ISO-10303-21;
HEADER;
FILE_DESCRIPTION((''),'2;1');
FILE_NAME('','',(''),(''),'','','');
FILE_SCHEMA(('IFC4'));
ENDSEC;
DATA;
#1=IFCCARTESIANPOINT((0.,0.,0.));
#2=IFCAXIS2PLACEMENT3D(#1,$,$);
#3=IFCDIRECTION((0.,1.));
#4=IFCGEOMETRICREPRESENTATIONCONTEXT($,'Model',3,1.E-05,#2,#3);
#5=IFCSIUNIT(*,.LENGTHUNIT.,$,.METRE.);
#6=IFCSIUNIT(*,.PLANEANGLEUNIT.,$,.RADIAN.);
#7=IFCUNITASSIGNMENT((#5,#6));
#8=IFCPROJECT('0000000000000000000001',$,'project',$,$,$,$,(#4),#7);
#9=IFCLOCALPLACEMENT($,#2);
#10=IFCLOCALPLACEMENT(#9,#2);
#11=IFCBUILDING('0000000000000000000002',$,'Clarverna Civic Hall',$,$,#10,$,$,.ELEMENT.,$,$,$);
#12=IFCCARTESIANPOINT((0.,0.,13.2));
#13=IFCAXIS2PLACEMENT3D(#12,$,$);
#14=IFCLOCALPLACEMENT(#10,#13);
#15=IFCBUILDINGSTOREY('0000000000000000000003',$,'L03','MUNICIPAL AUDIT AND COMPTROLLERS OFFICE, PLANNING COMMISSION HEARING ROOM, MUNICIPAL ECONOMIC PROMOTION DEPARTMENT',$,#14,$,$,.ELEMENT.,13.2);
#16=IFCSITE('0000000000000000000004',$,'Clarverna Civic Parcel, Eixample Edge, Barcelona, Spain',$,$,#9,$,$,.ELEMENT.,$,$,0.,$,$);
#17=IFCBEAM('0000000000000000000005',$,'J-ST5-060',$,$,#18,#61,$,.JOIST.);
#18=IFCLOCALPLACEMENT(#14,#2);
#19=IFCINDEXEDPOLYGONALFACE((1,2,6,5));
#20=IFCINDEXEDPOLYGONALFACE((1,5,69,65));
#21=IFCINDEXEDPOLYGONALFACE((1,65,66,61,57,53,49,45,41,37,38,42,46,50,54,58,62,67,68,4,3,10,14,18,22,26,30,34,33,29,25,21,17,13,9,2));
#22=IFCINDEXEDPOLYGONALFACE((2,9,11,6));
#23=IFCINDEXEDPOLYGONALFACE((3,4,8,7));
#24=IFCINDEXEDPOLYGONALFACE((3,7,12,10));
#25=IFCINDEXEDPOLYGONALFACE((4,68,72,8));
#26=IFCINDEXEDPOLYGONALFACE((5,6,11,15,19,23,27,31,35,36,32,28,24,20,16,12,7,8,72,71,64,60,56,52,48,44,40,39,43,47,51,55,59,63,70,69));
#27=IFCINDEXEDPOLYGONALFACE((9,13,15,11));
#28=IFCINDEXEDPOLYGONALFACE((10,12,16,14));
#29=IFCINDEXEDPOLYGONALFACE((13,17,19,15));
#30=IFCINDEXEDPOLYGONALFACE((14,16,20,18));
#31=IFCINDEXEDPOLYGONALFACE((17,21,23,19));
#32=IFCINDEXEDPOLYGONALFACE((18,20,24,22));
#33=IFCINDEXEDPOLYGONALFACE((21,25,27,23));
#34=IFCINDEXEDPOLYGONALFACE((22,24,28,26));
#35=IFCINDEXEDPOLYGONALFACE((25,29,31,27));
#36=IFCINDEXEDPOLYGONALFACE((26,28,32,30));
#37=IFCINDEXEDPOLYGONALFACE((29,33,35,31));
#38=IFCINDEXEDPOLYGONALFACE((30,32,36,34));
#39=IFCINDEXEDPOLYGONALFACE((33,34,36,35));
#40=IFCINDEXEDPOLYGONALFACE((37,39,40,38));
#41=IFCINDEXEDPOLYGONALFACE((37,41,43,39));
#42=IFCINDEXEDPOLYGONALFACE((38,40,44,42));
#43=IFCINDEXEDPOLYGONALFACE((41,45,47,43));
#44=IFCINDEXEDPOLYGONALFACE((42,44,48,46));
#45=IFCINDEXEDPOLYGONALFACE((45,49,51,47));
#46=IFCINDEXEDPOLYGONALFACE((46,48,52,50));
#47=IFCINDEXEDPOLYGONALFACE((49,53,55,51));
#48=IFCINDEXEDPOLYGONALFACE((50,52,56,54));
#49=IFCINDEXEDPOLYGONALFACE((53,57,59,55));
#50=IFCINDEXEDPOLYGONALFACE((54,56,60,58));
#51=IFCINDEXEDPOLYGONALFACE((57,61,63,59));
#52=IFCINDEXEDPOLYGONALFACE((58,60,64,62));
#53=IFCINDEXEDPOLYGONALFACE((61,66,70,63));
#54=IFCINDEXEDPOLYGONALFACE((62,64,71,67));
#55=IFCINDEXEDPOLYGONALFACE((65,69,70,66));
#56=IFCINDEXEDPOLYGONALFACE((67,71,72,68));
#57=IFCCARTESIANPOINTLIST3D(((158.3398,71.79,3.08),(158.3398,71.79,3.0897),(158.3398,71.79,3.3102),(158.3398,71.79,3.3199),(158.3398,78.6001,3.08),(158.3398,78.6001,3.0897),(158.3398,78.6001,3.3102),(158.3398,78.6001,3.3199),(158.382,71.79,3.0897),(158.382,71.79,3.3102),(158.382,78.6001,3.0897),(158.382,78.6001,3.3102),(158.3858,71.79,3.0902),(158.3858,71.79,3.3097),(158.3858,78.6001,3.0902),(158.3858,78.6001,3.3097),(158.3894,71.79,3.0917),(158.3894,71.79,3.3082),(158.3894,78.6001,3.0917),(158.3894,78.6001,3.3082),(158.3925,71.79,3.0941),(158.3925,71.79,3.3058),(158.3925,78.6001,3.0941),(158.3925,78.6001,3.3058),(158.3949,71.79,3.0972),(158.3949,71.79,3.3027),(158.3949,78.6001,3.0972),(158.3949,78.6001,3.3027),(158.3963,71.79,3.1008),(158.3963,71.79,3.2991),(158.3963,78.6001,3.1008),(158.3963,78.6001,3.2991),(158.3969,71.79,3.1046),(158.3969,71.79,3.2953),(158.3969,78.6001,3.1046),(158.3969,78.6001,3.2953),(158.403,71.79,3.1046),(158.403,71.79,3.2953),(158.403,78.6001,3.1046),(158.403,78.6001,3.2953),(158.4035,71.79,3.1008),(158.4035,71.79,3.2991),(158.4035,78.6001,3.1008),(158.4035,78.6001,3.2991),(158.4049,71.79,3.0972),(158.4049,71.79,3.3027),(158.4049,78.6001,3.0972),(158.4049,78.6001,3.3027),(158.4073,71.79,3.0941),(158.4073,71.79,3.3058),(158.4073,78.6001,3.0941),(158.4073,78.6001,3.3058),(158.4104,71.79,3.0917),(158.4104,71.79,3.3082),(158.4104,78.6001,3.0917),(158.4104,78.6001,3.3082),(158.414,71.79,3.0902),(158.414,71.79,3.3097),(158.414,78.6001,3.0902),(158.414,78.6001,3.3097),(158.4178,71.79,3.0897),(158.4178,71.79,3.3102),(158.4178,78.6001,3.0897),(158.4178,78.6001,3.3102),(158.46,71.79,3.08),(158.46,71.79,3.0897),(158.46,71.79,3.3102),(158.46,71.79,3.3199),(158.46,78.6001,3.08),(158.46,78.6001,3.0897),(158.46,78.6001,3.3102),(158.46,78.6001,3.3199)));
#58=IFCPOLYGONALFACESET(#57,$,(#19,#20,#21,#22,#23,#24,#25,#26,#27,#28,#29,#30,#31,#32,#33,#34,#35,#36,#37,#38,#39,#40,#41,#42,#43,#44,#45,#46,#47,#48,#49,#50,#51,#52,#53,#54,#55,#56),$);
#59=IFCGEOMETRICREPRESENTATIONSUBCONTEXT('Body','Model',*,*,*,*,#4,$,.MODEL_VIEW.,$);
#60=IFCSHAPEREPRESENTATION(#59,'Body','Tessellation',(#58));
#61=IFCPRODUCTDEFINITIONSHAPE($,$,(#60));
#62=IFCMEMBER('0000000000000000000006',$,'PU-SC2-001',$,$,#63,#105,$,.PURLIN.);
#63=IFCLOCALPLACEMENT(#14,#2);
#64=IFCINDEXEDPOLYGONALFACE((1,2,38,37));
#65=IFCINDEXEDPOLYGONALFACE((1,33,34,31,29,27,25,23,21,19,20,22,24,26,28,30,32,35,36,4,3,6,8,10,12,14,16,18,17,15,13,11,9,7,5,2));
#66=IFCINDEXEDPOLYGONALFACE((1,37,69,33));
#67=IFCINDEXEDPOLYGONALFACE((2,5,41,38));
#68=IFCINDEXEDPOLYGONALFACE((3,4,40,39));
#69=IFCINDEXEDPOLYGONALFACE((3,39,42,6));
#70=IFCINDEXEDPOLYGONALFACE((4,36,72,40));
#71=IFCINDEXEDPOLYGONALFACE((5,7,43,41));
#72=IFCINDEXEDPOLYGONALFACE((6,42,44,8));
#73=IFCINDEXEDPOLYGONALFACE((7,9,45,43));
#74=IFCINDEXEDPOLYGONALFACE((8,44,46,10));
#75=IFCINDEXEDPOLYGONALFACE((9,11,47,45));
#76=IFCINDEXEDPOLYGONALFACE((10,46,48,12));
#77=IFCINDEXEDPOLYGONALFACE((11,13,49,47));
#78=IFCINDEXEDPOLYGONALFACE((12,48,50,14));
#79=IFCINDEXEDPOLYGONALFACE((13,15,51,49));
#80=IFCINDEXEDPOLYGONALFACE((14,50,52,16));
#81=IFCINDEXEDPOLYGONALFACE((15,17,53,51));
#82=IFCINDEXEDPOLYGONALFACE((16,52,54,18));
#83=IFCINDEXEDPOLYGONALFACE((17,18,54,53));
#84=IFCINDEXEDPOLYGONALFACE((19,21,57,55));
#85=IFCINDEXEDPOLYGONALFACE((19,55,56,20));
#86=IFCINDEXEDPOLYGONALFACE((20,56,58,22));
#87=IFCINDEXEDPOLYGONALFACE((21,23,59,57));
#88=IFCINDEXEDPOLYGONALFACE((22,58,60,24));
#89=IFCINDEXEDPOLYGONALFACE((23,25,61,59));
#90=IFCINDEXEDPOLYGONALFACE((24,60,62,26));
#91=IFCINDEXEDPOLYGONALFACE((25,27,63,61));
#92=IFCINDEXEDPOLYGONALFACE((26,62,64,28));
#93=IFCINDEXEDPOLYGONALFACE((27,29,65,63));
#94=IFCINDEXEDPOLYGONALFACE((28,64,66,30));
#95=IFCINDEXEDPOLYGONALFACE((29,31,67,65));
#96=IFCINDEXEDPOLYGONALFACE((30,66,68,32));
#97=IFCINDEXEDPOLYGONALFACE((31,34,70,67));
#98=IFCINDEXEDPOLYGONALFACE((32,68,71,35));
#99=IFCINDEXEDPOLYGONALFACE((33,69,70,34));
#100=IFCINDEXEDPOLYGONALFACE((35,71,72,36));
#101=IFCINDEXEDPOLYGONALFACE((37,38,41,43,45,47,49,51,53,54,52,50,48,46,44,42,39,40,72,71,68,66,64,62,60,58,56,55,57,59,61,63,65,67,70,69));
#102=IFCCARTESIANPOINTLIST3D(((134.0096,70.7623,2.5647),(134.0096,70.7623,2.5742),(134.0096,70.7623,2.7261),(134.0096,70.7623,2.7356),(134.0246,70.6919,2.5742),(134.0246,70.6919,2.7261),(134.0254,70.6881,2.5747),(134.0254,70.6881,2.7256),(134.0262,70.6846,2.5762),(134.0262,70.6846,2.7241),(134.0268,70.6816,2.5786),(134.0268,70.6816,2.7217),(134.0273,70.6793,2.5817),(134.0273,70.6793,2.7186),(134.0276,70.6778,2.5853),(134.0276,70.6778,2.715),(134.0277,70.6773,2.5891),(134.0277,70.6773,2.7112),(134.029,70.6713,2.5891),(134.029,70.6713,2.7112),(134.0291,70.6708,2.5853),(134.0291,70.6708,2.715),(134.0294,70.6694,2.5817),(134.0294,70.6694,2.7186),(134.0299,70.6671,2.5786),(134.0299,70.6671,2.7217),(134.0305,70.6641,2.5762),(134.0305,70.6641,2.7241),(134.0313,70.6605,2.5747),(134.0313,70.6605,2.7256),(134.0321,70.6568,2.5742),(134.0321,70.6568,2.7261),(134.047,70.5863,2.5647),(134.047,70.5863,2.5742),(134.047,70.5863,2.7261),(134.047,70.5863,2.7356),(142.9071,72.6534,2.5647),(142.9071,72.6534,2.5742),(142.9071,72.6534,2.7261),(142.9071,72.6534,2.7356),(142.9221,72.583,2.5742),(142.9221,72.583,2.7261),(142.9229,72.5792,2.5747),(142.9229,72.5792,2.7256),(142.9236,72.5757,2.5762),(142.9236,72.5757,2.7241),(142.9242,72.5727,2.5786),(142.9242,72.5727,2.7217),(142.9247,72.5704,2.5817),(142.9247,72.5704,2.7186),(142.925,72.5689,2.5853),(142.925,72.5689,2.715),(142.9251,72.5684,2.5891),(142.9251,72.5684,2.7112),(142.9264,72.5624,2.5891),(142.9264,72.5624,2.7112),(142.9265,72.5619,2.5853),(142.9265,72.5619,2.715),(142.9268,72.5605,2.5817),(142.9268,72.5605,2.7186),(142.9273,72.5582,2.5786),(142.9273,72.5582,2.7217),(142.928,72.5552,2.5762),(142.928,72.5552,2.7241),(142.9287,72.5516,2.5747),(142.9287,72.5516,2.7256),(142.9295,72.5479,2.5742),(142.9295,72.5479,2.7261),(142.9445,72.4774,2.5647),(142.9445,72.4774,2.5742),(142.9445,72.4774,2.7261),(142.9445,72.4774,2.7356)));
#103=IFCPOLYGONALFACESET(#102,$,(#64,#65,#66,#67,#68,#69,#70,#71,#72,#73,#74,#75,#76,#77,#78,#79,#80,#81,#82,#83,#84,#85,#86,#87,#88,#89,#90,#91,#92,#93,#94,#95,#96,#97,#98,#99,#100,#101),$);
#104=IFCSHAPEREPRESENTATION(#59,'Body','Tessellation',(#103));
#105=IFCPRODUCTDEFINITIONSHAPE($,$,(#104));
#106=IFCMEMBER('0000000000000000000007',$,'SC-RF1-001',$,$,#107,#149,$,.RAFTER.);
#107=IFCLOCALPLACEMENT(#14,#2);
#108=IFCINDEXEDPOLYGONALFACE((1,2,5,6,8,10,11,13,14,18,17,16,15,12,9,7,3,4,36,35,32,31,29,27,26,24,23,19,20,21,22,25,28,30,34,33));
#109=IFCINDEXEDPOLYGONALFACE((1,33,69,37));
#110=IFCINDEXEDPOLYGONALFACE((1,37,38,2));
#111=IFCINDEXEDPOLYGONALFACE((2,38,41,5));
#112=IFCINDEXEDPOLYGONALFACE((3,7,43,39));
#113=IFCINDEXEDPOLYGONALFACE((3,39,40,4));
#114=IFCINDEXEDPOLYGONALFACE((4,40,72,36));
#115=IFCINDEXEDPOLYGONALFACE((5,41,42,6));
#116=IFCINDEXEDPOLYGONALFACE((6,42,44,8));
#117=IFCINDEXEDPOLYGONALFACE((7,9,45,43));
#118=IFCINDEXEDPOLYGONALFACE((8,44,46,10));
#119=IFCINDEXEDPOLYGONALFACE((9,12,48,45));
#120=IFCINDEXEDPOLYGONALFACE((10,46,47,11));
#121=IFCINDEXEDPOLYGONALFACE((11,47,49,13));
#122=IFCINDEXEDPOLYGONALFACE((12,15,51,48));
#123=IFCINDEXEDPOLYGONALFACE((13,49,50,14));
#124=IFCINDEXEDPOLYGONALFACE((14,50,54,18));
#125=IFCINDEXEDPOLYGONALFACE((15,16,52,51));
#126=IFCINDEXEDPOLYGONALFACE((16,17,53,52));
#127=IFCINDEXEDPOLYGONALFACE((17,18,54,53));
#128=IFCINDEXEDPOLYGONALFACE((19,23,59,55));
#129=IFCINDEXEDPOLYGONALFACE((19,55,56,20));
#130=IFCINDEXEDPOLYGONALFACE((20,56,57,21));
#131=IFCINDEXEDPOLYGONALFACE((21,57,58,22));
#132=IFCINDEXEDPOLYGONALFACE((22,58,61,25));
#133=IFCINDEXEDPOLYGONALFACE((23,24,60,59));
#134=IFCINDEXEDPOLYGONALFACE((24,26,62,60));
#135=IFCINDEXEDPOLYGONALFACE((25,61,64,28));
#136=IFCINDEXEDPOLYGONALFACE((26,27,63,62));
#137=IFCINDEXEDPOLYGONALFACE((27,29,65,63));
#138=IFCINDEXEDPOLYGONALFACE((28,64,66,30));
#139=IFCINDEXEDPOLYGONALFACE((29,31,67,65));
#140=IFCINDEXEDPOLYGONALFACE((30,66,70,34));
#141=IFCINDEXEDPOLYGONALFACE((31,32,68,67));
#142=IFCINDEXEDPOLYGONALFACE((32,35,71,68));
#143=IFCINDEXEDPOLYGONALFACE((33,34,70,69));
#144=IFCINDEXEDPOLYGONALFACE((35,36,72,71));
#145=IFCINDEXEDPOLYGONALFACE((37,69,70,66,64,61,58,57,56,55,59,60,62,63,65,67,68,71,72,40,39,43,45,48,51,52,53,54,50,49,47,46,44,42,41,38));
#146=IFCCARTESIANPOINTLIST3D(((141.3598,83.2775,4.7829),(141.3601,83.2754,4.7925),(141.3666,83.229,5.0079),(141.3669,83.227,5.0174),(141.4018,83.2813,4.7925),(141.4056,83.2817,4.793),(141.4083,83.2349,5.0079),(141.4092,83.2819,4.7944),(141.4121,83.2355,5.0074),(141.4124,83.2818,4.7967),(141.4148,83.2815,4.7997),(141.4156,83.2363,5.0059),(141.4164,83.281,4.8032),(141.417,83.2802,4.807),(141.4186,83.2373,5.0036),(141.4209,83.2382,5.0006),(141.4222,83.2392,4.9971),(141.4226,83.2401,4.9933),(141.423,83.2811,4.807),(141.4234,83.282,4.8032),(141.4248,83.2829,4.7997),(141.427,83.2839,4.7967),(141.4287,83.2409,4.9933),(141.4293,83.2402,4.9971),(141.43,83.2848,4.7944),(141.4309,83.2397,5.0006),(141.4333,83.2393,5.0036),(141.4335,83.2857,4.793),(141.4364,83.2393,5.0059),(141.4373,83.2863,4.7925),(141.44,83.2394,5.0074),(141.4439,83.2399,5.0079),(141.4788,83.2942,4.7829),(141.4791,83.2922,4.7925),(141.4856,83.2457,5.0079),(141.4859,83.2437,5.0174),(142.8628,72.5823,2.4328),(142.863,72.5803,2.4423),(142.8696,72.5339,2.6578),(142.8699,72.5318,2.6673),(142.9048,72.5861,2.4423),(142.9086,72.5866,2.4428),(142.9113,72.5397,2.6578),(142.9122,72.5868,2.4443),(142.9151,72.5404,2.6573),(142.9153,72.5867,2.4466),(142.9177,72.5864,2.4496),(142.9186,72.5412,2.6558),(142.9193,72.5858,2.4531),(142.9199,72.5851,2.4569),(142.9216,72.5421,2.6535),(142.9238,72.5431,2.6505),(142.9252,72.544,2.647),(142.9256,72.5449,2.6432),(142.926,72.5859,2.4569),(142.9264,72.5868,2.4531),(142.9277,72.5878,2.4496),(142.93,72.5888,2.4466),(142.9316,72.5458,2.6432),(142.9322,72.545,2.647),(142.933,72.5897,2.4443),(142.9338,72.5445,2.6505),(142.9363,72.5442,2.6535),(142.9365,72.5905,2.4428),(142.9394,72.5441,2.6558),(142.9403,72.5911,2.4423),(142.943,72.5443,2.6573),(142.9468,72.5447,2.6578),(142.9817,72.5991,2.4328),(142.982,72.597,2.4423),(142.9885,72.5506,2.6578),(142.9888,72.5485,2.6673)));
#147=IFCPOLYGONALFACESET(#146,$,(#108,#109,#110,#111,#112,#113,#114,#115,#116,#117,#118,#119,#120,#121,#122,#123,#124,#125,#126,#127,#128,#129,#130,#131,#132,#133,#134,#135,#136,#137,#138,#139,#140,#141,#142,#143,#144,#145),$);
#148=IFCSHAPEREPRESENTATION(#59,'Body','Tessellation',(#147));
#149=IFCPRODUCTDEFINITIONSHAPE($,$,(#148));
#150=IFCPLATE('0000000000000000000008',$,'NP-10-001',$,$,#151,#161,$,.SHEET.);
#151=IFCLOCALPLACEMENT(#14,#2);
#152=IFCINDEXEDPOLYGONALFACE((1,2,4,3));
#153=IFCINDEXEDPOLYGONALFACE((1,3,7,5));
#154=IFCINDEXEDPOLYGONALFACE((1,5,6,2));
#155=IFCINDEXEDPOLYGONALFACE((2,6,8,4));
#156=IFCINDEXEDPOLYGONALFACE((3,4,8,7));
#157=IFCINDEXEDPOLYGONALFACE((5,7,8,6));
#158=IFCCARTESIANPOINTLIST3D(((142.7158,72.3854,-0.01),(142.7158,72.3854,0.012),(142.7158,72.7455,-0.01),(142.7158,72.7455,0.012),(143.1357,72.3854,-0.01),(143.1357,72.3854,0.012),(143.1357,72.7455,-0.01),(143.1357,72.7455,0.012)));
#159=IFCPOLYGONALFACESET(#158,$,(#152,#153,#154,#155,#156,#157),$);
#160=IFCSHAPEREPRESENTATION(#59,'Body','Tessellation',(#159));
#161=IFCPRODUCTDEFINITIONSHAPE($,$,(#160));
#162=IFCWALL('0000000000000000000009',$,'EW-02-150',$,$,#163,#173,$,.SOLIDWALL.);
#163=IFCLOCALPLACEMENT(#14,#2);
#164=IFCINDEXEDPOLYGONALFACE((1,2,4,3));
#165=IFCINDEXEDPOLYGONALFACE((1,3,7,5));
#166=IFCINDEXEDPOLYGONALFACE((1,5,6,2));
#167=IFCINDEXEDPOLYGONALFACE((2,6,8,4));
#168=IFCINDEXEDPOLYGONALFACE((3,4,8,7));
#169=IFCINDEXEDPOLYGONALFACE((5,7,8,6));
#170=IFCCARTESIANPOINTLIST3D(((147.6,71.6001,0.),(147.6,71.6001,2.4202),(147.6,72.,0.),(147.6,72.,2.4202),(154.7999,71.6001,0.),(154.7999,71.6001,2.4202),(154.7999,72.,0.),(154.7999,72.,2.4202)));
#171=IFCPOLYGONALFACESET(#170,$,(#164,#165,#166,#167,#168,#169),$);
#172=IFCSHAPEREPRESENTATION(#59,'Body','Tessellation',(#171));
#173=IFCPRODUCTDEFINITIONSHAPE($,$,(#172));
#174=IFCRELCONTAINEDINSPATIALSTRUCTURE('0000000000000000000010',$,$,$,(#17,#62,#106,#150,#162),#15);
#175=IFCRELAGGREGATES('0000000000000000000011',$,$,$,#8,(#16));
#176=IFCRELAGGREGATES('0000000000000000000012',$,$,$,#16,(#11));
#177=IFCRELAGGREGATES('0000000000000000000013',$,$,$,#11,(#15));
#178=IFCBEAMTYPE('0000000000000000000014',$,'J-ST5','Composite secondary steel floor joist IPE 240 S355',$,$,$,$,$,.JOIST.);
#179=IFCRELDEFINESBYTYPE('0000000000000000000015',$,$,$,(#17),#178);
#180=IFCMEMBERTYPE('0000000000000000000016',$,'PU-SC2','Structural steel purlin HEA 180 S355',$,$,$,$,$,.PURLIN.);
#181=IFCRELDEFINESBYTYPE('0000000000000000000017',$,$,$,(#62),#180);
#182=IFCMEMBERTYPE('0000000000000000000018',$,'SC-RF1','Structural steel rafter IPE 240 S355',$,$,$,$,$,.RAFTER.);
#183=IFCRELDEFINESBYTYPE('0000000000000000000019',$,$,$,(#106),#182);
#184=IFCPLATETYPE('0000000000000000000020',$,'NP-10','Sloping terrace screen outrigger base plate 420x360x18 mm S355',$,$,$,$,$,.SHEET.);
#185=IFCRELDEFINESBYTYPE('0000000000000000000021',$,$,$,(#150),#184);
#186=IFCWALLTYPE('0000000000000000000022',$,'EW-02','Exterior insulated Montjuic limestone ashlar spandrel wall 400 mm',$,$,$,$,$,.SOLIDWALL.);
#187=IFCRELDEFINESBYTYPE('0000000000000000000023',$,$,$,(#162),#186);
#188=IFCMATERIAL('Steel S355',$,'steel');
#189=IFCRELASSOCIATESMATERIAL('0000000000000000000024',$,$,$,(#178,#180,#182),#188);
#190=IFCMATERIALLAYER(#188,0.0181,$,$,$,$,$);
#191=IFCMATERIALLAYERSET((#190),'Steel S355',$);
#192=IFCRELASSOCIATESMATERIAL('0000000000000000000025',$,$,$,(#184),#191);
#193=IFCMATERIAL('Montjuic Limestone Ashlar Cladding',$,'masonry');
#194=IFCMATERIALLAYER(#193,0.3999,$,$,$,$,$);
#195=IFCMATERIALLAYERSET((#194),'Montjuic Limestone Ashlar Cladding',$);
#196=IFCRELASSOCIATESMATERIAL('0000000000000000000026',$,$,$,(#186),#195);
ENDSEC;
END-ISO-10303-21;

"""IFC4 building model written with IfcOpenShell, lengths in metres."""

from ifc_helpers import new_model, si_unit, direction, frame, frame_2d, origin, origin_2d, place, context, subcontext, project, spatial, rectangle, i_section, extrude, material, layer, layer_set, material_profile, profile_set, type_object, element, save


model = new_model("IFC4")

# Units and contexts
model_context = context("Model", 3, precision=1e-05, world=origin(), true_north=direction((0.0, 1.0)))
body_context = subcontext(model_context, "Body", "Model", "MODEL_VIEW")
ifc_project = project(units=[si_unit("LENGTHUNIT", "METRE"), si_unit("PLANEANGLEUNIT", "RADIAN")], contexts=[model_context])

# Site, building, storey
site_placement = place(None, origin())
site = spatial("IfcSite", under=ifc_project, at=site_placement, Name="Clarverna Civic Parcel, Eixample Edge, Barcelona, Spain", CompositionType="ELEMENT", RefElevation=0.0)
building_placement = place(site_placement, origin())
building = spatial("IfcBuilding", under=site, at=building_placement, Name="Clarverna Civic Hall", CompositionType="ELEMENT")
storey_placement = place(building_placement, frame((0.0, 0.0, 13.2)))
storey = spatial("IfcBuildingStorey", under=building, at=storey_placement, Name="L03", Description="MUNICIPAL AUDIT AND COMPTROLLERS OFFICE, PLANNING COMMISSION HEARING ROOM, MUNICIPAL ECONOMIC PROMOTION DEPARTMENT", CompositionType="ELEMENT", Elevation=13.2)

# Shared definitions
ifc_material_1 = material(Name="Steel S355", Category="steel")

# Beam
ifc_material_profile_1 = material_profile(ifc_material_1, i_section(OverallWidth=0.1201, OverallDepth=0.24, WebThickness=0.0061, FlangeThickness=0.0098, FilletRadius=0.0149, at=origin_2d()), Name="IPE 240")
ifc_profile_set_1 = profile_set([ifc_material_profile_1], Name="Steel S355")
beam_type_1 = type_object("IfcBeamType", Name="J-ST5", Description="Composite secondary steel floor joist IPE 240 S355", PredefinedType="JOIST", material=ifc_profile_set_1)
beam_1_placement = place(storey_placement, frame((158.3999, 71.79, 3.2), z_axis=(0.0, 1.0, 0.0), x_axis=(-1.0, 0.0, 0.0)))
element("IfcBeam", 1, at=beam_1_placement, inside=storey, type_object=beam_type_1, Name="J-ST5-060", PredefinedType="JOIST", context=body_context, shape_type="SweptSolid", body=[
    extrude(i_section(OverallWidth=0.1201, OverallDepth=0.24, WebThickness=0.0061, FlangeThickness=0.0098, FilletRadius=0.0149, at=origin_2d()), origin(), (0.0, 0.0, 1.0), 6.8101),
])

# Members
ifc_material_profile_2 = material_profile(ifc_material_1, i_section(OverallWidth=0.1799, OverallDepth=0.1709, WebThickness=0.0061, FlangeThickness=0.0095, FilletRadius=0.0149, at=origin_2d()), Name="HEA 180")
ifc_profile_set_2 = profile_set([ifc_material_profile_2], Name="Steel S355")
member_type_1 = type_object("IfcMemberType", Name="PU-SC2", Description="Structural steel purlin HEA 180 S355", PredefinedType="PURLIN", material=ifc_profile_set_2)
member_1_placement = place(storey_placement, frame((142.9258, 72.5654, 2.6501), z_axis=(-0.97815, -0.207901, 0.0), x_axis=(0.207901, -0.97815, 0.0)))
element("IfcMember", 2, at=member_1_placement, inside=storey, type_object=member_type_1, Name="PU-SC2-001", PredefinedType="PURLIN", context=body_context, shape_type="SweptSolid", body=[
    extrude(i_section(OverallWidth=0.1799, OverallDepth=0.1709, WebThickness=0.0061, FlangeThickness=0.0095, FilletRadius=0.0149, at=origin_2d()), origin(), (0.0, 0.0, 1.0), 9.0962),
])
ifc_material_profile_3 = material_profile(ifc_material_1, i_section(OverallWidth=0.1201, OverallDepth=0.24, WebThickness=0.0061, FlangeThickness=0.0098, FilletRadius=0.0149, at=origin_2d()), Name="IPE 240")
ifc_profile_set_3 = profile_set([ifc_material_profile_3], Name="Steel S355")
member_type_2 = type_object("IfcMemberType", Name="SC-RF1", Description="Structural steel rafter IPE 240 S355", PredefinedType="RAFTER", material=ifc_profile_set_3)
member_2_placement = place(storey_placement, frame((142.9258, 72.5654, 2.55), z_axis=(-0.135976, 0.967627, 0.212623), x_axis=(-0.99027, -0.139158, 0.0)))
element("IfcMember", 3, at=member_2_placement, inside=storey, type_object=member_type_2, Name="SC-RF1-001", PredefinedType="RAFTER", context=body_context, shape_type="SweptSolid", body=[
    extrude(i_section(OverallWidth=0.1201, OverallDepth=0.24, WebThickness=0.0061, FlangeThickness=0.0098, FilletRadius=0.0149, at=origin_2d()), origin(), (0.0, 0.0, 1.0), 11.053),
])

# Plate
ifc_layer_1 = layer(ifc_material_1, 0.0181)
ifc_layer_set_1 = layer_set([ifc_layer_1], Name="Steel S355")
plate_type = type_object("IfcPlateType", Name="NP-10", Description="Sloping terrace screen outrigger base plate 420x360x18 mm S355", PredefinedType="SHEET", material=ifc_layer_set_1)
plate_placement = place(storey_placement, frame((142.9258, 72.5654, -0.01), z_axis=(0.0, 0.0, 1.0), x_axis=(1.0, 0.0, 0.0)))
element("IfcPlate", 4, at=plate_placement, inside=storey, type_object=plate_type, Name="NP-10-001", PredefinedType="SHEET", context=body_context, shape_type="SweptSolid", body=[
    extrude(rectangle(XDim=0.4199, YDim=0.3601, at=origin_2d()), origin(), (0.0, 0.0, 1.0), 0.022),
])

# Wall
ifc_material_2 = material(Name="Montjuic Limestone Ashlar Cladding", Category="masonry")
ifc_layer_2 = layer(ifc_material_2, 0.3999)
ifc_layer_set_2 = layer_set([ifc_layer_2], Name="Montjuic Limestone Ashlar Cladding")
wall_type = type_object("IfcWallType", Name="EW-02", Description="Exterior insulated Montjuic limestone ashlar spandrel wall 400 mm", PredefinedType="SOLIDWALL", material=ifc_layer_set_2)
wall_1_placement = place(storey_placement, frame((154.8, 71.8, 0.0), z_axis=(0.0, 0.0, 1.0), x_axis=(-1.0, 0.0, 0.0)))
element("IfcWall", 5, at=wall_1_placement, inside=storey, type_object=wall_type, Name="EW-02-150", PredefinedType="SOLIDWALL", context=body_context, shape_type="SweptSolid", body=[
    extrude(rectangle(XDim=7.2, YDim=0.3999, at=frame_2d((3.6001, 0.0))), origin(), (0.0, 0.0, 1.0), 2.4202),
])

save(model, "model.ifc")
